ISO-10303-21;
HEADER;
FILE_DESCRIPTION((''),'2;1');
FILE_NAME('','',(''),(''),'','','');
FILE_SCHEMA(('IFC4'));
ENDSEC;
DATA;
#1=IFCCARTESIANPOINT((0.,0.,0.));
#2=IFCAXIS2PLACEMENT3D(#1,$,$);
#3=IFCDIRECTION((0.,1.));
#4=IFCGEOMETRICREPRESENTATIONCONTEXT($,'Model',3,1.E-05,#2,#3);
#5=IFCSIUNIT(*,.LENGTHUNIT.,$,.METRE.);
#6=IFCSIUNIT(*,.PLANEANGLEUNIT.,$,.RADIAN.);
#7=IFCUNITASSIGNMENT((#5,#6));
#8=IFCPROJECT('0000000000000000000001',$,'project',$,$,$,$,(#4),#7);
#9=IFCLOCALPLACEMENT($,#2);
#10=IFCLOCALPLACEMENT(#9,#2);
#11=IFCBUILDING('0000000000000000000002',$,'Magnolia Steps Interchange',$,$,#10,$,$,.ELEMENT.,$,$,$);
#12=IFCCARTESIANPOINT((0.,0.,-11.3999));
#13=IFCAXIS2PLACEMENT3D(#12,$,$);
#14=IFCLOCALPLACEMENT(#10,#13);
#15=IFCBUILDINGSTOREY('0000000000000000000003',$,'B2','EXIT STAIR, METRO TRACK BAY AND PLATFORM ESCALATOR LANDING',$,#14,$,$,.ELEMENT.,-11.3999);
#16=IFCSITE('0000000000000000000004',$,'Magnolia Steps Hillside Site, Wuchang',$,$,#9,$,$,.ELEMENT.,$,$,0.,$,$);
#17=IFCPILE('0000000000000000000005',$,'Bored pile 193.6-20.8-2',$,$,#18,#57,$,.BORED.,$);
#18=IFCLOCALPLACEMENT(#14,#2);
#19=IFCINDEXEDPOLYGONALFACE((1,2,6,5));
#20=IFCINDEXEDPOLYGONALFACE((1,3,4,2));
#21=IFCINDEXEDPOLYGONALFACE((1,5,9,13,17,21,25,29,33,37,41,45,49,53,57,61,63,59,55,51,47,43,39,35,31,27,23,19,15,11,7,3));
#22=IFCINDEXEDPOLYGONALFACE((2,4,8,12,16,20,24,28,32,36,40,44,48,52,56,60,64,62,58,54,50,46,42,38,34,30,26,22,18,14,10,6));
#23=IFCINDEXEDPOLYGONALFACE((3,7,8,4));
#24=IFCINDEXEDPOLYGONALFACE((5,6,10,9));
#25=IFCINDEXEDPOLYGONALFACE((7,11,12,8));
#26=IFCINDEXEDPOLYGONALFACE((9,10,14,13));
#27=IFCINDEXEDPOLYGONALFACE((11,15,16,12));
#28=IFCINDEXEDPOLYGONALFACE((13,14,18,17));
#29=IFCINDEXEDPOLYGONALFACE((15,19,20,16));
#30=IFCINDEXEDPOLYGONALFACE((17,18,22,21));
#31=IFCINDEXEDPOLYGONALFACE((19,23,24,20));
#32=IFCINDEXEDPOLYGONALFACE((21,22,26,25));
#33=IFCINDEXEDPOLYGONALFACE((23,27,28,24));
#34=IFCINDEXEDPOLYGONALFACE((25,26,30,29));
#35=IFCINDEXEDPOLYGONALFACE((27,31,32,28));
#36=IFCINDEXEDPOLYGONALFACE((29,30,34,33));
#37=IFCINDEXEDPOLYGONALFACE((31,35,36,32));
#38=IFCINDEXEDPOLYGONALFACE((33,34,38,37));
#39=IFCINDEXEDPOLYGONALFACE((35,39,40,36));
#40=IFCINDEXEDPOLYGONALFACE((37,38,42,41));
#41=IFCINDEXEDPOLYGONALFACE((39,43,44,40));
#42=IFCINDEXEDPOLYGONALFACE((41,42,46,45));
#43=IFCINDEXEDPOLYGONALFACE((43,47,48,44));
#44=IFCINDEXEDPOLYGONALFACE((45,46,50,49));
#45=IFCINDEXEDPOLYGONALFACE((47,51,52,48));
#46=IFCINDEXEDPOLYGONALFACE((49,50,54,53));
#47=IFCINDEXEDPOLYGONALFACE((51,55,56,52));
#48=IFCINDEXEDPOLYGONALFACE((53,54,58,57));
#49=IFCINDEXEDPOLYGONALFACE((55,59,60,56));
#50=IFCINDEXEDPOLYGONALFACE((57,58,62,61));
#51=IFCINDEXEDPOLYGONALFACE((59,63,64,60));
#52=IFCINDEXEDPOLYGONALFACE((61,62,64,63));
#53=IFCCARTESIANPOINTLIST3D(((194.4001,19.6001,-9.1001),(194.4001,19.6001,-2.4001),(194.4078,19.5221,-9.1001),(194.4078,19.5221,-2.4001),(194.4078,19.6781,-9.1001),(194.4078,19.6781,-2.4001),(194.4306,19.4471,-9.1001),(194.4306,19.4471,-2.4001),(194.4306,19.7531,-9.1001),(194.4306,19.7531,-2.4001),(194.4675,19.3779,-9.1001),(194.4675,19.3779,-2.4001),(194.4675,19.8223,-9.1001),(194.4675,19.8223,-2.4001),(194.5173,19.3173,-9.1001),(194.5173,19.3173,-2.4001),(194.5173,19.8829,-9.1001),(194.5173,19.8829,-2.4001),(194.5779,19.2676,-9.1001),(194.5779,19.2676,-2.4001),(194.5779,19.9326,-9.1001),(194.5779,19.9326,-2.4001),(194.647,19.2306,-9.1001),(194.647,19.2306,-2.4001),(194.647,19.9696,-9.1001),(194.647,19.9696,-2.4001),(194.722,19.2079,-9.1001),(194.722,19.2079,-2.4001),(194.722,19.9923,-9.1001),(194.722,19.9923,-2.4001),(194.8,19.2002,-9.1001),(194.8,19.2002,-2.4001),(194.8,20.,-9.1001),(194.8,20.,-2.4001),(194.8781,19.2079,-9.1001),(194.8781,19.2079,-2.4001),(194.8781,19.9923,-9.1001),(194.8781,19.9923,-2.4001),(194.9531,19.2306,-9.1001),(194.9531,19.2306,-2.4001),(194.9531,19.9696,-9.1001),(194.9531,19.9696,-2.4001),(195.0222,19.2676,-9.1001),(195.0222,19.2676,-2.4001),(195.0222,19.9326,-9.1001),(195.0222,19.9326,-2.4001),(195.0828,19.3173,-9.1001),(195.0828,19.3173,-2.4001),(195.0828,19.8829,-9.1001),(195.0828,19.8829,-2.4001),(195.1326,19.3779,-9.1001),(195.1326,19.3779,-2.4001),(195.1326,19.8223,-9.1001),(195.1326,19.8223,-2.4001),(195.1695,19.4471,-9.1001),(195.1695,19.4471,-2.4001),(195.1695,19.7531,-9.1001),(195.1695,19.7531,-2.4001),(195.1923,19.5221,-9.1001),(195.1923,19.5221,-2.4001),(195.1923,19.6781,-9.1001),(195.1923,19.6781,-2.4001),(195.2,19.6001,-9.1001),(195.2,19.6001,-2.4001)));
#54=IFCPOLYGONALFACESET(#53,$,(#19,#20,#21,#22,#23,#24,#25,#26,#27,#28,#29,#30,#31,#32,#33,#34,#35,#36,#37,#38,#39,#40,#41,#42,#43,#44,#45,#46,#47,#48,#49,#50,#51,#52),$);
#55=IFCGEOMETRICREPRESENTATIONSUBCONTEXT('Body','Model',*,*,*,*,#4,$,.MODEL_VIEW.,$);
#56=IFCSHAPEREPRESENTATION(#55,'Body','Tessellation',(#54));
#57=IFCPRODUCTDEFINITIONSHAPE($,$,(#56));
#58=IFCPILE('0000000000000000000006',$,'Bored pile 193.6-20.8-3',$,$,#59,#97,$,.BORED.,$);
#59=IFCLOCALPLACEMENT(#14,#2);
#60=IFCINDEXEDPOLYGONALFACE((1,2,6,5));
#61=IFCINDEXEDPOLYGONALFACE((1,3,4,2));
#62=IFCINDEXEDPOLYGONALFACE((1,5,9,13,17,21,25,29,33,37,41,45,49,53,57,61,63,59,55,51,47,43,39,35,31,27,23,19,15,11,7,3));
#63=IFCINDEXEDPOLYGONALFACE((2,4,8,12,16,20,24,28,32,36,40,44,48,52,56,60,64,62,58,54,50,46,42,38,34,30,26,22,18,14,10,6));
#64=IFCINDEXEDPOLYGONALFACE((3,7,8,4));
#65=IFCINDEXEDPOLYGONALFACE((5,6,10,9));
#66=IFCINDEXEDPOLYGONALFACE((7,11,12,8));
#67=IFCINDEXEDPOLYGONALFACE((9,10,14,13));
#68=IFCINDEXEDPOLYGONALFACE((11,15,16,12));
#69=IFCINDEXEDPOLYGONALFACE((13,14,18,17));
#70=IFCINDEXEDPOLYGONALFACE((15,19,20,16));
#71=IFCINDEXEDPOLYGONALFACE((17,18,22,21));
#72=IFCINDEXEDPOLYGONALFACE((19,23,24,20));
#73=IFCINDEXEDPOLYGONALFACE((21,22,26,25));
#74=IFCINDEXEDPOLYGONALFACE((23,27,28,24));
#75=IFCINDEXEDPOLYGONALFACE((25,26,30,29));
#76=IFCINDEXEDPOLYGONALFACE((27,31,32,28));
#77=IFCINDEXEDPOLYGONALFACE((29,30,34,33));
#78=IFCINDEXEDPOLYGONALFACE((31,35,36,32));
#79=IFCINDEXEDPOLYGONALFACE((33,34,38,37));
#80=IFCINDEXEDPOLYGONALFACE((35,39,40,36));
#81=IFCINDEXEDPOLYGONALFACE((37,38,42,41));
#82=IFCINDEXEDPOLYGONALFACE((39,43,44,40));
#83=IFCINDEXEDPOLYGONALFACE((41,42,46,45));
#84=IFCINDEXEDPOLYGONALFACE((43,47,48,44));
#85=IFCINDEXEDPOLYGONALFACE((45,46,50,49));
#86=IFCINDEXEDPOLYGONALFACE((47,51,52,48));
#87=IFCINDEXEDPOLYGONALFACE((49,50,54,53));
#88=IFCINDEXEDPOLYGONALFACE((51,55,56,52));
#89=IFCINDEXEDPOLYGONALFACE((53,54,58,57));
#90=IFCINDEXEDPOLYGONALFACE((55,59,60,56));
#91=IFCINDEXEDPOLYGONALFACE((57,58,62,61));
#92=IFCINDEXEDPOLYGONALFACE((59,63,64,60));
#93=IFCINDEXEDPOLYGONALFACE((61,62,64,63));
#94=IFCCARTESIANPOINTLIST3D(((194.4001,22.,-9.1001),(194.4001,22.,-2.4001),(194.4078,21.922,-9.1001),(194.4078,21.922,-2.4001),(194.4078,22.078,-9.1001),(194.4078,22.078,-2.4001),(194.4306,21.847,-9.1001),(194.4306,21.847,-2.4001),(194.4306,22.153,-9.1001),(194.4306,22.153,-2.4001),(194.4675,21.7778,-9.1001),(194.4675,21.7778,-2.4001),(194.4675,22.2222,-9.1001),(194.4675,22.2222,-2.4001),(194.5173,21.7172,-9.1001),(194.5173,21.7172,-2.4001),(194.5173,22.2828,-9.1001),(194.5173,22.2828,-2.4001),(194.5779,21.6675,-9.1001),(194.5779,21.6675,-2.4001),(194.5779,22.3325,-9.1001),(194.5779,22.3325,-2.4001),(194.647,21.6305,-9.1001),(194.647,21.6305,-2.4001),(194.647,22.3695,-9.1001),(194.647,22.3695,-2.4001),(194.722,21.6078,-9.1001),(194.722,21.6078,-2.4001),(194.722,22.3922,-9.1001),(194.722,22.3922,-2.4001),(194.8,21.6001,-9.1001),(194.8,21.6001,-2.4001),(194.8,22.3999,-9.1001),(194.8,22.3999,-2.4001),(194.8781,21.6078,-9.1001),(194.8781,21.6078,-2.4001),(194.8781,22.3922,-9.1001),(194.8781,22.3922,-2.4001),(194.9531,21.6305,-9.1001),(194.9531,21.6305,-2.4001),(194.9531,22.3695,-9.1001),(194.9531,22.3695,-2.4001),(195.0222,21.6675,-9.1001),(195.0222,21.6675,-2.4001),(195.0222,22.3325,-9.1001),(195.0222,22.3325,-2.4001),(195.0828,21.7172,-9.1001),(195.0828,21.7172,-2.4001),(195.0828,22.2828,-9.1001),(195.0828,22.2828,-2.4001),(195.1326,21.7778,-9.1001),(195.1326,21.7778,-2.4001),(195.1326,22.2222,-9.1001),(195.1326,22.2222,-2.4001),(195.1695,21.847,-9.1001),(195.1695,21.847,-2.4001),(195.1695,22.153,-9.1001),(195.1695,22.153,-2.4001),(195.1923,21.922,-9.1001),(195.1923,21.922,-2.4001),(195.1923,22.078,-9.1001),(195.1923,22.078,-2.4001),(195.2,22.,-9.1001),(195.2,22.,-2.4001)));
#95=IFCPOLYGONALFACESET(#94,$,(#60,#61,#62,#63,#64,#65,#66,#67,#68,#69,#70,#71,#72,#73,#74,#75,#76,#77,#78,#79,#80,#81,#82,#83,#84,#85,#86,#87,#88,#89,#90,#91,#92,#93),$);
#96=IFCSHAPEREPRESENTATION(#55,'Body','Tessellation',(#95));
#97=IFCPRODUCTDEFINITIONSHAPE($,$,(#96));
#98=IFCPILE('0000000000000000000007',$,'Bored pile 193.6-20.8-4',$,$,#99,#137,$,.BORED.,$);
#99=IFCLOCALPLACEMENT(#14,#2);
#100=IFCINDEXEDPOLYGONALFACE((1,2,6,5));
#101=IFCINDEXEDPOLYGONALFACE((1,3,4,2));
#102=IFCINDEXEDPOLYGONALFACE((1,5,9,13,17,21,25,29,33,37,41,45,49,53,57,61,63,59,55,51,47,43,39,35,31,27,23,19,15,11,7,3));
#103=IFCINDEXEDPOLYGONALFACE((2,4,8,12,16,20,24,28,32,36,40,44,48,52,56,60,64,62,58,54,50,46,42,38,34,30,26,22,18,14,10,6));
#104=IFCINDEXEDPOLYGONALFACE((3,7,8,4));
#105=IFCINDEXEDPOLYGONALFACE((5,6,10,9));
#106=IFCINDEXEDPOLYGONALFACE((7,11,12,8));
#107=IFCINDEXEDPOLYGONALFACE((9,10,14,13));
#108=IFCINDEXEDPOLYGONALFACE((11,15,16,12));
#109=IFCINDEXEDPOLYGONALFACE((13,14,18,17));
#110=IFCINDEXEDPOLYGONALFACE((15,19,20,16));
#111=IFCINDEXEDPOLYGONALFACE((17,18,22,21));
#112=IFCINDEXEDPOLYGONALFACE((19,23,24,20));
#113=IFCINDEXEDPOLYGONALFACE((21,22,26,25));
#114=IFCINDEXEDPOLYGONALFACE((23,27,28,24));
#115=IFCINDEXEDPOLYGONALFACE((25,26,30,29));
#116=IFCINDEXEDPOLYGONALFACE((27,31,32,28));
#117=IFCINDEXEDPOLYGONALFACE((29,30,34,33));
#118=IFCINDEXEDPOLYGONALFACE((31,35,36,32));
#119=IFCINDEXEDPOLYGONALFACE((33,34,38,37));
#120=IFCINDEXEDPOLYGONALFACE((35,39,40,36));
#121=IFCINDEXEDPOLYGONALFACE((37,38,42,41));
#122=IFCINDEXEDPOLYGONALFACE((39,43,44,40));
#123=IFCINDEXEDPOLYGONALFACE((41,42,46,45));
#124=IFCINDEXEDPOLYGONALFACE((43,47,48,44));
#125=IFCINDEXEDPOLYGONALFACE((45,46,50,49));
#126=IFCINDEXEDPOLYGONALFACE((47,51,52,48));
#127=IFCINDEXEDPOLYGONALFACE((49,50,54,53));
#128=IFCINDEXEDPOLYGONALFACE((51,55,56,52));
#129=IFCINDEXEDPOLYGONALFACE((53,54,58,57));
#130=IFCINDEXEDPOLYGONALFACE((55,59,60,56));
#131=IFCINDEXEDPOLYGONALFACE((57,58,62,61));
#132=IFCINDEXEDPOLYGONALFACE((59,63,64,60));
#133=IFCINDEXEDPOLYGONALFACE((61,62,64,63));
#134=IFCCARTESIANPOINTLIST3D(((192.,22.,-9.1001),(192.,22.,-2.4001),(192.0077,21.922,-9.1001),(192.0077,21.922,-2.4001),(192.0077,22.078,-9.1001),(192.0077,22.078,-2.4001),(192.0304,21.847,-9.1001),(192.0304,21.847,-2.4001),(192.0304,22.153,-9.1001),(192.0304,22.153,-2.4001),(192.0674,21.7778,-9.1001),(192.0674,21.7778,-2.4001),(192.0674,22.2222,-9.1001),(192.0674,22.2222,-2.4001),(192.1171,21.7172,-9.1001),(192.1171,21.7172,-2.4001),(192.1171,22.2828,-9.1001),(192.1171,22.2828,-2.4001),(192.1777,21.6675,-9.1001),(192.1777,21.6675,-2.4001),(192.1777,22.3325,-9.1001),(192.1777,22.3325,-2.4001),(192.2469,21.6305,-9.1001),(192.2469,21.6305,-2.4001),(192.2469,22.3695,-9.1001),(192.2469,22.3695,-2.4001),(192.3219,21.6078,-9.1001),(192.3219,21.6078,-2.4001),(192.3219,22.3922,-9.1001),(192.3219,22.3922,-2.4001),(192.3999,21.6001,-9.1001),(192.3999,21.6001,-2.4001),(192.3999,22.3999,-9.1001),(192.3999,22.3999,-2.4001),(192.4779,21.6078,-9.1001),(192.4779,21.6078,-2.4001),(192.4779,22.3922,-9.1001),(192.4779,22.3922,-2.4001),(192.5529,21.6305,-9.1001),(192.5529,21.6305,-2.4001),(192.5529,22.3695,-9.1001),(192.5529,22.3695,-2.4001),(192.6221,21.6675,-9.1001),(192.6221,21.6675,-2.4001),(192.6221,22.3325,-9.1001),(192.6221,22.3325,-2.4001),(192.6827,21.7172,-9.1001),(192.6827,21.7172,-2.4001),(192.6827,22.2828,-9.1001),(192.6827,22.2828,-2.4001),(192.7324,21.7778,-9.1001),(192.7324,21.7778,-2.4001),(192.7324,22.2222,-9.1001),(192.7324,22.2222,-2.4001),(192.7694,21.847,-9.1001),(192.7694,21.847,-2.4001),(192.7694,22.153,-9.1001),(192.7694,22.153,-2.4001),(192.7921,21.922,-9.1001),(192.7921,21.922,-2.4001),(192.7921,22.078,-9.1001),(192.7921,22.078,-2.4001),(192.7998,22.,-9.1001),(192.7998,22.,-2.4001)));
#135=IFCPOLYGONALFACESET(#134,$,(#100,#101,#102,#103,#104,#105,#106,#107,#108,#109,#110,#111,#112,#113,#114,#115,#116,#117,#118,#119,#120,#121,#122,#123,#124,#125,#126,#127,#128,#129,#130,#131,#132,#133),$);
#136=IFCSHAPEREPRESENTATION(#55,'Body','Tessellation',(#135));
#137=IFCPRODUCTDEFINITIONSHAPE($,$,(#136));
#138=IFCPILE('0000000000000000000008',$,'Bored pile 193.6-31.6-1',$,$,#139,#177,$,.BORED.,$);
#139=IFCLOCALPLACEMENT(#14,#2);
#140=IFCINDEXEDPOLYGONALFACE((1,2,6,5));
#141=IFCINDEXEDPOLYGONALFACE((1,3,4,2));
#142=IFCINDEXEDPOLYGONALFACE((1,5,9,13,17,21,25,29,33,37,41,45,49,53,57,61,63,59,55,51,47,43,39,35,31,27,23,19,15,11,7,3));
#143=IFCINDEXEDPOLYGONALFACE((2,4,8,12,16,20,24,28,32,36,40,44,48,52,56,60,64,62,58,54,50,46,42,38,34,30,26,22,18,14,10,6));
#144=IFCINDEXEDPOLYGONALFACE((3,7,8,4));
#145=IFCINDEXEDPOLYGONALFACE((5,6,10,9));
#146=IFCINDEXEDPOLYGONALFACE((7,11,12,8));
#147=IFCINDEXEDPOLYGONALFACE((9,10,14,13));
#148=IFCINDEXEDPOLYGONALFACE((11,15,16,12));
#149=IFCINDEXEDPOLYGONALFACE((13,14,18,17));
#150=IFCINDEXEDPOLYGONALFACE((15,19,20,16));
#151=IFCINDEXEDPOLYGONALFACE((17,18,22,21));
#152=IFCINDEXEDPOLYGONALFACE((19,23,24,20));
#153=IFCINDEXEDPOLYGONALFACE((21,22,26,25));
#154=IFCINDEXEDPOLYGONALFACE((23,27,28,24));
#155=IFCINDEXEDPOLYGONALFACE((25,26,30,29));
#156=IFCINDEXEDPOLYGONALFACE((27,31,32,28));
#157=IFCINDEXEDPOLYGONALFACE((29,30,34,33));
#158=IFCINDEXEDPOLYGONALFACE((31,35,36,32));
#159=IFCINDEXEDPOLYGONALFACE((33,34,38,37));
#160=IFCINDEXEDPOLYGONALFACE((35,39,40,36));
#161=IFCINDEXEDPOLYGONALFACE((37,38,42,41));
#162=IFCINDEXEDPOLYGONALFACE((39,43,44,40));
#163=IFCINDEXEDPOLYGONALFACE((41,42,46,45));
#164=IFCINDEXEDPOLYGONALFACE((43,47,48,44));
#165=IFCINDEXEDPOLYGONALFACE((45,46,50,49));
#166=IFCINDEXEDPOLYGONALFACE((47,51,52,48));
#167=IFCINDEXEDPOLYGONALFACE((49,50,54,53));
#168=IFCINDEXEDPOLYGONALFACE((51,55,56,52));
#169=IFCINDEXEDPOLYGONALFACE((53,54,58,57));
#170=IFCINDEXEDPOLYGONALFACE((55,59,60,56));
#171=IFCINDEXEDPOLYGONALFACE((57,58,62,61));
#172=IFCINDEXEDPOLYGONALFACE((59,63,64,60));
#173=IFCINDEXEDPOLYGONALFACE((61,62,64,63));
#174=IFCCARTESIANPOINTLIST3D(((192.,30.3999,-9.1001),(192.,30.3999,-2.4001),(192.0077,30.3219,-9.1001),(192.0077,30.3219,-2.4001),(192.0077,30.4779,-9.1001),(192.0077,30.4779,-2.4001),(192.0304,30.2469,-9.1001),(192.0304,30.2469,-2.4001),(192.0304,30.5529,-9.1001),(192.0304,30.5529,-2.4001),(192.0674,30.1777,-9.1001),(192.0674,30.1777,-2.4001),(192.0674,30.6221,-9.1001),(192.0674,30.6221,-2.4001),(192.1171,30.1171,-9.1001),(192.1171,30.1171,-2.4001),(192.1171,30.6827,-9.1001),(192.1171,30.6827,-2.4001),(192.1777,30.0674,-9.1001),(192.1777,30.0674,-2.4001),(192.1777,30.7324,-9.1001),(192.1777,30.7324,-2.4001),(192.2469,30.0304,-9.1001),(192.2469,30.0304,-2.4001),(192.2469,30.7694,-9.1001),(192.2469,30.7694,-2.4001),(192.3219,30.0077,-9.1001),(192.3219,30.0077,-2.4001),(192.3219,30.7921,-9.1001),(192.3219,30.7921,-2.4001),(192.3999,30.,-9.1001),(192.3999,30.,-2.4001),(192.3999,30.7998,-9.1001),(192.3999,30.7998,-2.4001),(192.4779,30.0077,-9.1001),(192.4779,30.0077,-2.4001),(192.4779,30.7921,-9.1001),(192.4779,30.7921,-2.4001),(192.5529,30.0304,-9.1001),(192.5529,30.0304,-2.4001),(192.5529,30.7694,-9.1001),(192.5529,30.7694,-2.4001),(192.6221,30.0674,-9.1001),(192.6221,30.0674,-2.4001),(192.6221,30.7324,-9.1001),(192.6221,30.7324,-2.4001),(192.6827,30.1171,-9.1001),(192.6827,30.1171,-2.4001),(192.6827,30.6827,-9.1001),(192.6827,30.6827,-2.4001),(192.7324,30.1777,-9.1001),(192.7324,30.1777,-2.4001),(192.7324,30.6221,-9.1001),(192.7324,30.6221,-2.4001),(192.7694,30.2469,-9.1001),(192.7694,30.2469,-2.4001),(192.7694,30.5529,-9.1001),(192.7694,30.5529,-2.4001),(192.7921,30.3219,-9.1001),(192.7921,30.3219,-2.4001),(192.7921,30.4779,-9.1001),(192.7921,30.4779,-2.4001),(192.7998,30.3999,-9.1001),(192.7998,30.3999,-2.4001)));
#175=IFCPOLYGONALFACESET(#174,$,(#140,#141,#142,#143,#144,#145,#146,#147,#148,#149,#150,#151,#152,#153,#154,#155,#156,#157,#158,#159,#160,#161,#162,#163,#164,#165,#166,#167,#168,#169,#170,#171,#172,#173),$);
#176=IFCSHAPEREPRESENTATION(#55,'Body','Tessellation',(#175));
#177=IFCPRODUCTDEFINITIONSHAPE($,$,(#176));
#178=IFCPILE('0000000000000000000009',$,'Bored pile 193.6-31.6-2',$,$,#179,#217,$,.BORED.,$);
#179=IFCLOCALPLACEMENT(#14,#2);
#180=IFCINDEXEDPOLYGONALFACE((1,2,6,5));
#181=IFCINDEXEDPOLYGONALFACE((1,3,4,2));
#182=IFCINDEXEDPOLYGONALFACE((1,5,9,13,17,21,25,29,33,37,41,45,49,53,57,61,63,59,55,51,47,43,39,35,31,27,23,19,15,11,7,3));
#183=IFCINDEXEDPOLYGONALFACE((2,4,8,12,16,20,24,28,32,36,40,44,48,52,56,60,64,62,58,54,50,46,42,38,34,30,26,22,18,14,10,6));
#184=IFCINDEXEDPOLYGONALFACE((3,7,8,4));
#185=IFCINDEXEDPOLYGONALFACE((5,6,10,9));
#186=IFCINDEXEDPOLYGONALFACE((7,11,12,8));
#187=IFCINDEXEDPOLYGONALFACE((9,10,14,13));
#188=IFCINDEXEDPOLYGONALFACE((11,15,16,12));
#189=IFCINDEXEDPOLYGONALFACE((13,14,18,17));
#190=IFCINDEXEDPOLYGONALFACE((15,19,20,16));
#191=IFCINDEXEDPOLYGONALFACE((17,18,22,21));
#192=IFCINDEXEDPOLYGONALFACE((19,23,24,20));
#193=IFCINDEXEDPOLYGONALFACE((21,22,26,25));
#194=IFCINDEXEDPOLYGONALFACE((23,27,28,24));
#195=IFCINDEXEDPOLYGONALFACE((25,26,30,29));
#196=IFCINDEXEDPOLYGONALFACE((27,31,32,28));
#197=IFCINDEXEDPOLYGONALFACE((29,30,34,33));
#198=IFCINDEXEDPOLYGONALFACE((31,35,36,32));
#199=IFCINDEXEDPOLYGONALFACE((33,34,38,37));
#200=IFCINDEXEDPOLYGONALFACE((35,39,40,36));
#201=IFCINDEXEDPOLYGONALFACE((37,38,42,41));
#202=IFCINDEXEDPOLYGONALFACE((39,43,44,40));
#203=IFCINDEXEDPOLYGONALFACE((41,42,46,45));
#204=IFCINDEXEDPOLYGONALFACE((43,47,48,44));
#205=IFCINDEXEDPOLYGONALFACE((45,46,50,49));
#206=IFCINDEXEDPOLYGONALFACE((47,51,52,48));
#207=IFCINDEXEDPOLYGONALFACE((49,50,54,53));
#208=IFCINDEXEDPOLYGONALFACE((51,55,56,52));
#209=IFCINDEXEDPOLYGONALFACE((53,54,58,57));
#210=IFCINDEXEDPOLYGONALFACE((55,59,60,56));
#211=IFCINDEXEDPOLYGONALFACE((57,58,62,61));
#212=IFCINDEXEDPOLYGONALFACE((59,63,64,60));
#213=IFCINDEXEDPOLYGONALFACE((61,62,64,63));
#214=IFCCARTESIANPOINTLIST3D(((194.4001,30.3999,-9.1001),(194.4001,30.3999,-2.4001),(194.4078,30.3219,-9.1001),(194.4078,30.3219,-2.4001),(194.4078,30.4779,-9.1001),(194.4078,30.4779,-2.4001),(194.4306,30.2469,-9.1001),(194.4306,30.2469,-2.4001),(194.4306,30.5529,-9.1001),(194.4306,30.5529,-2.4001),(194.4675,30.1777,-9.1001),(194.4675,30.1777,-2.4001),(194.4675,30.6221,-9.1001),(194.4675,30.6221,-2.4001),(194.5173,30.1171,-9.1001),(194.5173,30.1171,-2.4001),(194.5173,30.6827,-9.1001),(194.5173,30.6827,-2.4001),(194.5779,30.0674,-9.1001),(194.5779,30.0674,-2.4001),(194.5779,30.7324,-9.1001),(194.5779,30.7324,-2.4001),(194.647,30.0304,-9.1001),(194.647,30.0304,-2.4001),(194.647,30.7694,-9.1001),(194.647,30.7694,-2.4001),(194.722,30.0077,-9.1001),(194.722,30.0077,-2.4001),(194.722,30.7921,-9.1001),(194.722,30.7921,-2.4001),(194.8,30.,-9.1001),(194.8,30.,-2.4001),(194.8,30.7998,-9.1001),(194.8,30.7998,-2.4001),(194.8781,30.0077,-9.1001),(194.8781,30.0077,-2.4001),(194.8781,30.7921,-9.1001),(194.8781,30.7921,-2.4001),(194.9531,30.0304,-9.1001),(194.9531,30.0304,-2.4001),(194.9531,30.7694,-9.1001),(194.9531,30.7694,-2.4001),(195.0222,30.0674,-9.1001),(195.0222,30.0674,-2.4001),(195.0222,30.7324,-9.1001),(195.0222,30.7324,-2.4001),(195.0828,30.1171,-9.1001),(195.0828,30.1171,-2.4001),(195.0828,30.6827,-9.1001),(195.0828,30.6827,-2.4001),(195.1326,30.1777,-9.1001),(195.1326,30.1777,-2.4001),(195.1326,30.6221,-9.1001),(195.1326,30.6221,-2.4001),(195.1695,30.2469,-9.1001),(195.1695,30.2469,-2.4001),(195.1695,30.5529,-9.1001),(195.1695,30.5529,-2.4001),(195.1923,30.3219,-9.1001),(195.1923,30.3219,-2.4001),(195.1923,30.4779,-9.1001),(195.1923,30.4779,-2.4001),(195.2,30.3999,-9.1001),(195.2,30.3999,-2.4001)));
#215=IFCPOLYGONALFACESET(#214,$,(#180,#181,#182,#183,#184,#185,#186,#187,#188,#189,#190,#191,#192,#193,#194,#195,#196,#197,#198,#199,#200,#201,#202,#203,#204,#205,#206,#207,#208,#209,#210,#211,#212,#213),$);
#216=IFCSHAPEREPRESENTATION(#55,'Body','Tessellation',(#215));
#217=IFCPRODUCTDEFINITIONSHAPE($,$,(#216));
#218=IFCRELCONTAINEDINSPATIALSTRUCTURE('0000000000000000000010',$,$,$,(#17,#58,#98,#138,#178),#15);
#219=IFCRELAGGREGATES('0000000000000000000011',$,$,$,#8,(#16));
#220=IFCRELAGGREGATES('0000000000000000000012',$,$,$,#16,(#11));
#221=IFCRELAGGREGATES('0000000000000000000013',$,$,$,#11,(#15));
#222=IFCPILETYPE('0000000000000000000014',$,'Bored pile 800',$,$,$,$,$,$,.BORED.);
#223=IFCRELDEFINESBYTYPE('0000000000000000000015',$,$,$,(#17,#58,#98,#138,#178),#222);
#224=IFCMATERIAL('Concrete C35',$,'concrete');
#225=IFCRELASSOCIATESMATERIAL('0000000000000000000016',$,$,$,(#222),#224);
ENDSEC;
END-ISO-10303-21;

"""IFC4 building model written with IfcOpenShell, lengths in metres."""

from ifc_helpers import new_model, si_unit, direction, frame, origin, origin_2d, place, context, subcontext, project, spatial, circle, extrude, material, material_profile, profile_set, type_object, element, save


model = new_model("IFC4")

# Units and contexts
model_context = context("Model", 3, precision=1e-05, world=origin(), true_north=direction((0.0, 1.0)))
body_context = subcontext(model_context, "Body", "Model", "MODEL_VIEW")
ifc_project = project(units=[si_unit("LENGTHUNIT", "METRE"), si_unit("PLANEANGLEUNIT", "RADIAN")], contexts=[model_context])

# Site, building, storey
site_placement = place(None, origin())
site = spatial("IfcSite", under=ifc_project, at=site_placement, Name="Magnolia Steps Hillside Site, Wuchang", CompositionType="ELEMENT", RefElevation=0.0)
building_placement = place(site_placement, origin())
building = spatial("IfcBuilding", under=site, at=building_placement, Name="Magnolia Steps Interchange", CompositionType="ELEMENT")
storey_placement = place(building_placement, frame((0.0, 0.0, -11.3999)))
storey = spatial("IfcBuildingStorey", under=building, at=storey_placement, Name="B2", Description="EXIT STAIR, METRO TRACK BAY AND PLATFORM ESCALATOR LANDING", CompositionType="ELEMENT", Elevation=-11.3999)

# Piles
ifc_material_1 = material(Name="Concrete C35", Category="concrete")
ifc_material_profile_1 = material_profile(ifc_material_1, circle(Radius=0.3999, at=origin_2d()), Name="Bored pile 800")
ifc_profile_set_1 = profile_set([ifc_material_profile_1], Name="Concrete C35")
pile_type = type_object("IfcPileType", Name="Bored pile 800", PredefinedType="BORED", material=ifc_profile_set_1)
for number, where, z_axis, x_axis, name in (
    (1, (194.8, 19.6001, -2.4001), (0.0, 0.0, -1.0), (1.0, 0.0, 0.0), "Bored pile 193.6-20.8-2"),
    (2, (194.8, 22.0, -2.4001), (0.0, 0.0, -1.0), (1.0, 0.0, 0.0), "Bored pile 193.6-20.8-3"),
    (3, (192.3999, 22.0, -2.4001), (0.0, 0.0, -1.0), (1.0, 0.0, 0.0), "Bored pile 193.6-20.8-4"),
    (4, (192.3999, 30.3999, -2.4001), (0.0, 0.0, -1.0), (1.0, 0.0, 0.0), "Bored pile 193.6-31.6-1"),
    (5, (194.8, 30.3999, -2.4001), (0.0, 0.0, -1.0), (1.0, 0.0, 0.0), "Bored pile 193.6-31.6-2"),
):
    element("IfcPile", number, at=place(storey_placement, frame(where, z_axis=z_axis, x_axis=x_axis)), inside=storey, type_object=pile_type, Name=name, PredefinedType="BORED", context=body_context, shape_type="SweptSolid", body=[
        extrude(circle(Radius=0.3999, at=origin_2d()), origin(), (0.0, 0.0, 1.0), 6.7),
    ])

save(model, "model.ifc")
